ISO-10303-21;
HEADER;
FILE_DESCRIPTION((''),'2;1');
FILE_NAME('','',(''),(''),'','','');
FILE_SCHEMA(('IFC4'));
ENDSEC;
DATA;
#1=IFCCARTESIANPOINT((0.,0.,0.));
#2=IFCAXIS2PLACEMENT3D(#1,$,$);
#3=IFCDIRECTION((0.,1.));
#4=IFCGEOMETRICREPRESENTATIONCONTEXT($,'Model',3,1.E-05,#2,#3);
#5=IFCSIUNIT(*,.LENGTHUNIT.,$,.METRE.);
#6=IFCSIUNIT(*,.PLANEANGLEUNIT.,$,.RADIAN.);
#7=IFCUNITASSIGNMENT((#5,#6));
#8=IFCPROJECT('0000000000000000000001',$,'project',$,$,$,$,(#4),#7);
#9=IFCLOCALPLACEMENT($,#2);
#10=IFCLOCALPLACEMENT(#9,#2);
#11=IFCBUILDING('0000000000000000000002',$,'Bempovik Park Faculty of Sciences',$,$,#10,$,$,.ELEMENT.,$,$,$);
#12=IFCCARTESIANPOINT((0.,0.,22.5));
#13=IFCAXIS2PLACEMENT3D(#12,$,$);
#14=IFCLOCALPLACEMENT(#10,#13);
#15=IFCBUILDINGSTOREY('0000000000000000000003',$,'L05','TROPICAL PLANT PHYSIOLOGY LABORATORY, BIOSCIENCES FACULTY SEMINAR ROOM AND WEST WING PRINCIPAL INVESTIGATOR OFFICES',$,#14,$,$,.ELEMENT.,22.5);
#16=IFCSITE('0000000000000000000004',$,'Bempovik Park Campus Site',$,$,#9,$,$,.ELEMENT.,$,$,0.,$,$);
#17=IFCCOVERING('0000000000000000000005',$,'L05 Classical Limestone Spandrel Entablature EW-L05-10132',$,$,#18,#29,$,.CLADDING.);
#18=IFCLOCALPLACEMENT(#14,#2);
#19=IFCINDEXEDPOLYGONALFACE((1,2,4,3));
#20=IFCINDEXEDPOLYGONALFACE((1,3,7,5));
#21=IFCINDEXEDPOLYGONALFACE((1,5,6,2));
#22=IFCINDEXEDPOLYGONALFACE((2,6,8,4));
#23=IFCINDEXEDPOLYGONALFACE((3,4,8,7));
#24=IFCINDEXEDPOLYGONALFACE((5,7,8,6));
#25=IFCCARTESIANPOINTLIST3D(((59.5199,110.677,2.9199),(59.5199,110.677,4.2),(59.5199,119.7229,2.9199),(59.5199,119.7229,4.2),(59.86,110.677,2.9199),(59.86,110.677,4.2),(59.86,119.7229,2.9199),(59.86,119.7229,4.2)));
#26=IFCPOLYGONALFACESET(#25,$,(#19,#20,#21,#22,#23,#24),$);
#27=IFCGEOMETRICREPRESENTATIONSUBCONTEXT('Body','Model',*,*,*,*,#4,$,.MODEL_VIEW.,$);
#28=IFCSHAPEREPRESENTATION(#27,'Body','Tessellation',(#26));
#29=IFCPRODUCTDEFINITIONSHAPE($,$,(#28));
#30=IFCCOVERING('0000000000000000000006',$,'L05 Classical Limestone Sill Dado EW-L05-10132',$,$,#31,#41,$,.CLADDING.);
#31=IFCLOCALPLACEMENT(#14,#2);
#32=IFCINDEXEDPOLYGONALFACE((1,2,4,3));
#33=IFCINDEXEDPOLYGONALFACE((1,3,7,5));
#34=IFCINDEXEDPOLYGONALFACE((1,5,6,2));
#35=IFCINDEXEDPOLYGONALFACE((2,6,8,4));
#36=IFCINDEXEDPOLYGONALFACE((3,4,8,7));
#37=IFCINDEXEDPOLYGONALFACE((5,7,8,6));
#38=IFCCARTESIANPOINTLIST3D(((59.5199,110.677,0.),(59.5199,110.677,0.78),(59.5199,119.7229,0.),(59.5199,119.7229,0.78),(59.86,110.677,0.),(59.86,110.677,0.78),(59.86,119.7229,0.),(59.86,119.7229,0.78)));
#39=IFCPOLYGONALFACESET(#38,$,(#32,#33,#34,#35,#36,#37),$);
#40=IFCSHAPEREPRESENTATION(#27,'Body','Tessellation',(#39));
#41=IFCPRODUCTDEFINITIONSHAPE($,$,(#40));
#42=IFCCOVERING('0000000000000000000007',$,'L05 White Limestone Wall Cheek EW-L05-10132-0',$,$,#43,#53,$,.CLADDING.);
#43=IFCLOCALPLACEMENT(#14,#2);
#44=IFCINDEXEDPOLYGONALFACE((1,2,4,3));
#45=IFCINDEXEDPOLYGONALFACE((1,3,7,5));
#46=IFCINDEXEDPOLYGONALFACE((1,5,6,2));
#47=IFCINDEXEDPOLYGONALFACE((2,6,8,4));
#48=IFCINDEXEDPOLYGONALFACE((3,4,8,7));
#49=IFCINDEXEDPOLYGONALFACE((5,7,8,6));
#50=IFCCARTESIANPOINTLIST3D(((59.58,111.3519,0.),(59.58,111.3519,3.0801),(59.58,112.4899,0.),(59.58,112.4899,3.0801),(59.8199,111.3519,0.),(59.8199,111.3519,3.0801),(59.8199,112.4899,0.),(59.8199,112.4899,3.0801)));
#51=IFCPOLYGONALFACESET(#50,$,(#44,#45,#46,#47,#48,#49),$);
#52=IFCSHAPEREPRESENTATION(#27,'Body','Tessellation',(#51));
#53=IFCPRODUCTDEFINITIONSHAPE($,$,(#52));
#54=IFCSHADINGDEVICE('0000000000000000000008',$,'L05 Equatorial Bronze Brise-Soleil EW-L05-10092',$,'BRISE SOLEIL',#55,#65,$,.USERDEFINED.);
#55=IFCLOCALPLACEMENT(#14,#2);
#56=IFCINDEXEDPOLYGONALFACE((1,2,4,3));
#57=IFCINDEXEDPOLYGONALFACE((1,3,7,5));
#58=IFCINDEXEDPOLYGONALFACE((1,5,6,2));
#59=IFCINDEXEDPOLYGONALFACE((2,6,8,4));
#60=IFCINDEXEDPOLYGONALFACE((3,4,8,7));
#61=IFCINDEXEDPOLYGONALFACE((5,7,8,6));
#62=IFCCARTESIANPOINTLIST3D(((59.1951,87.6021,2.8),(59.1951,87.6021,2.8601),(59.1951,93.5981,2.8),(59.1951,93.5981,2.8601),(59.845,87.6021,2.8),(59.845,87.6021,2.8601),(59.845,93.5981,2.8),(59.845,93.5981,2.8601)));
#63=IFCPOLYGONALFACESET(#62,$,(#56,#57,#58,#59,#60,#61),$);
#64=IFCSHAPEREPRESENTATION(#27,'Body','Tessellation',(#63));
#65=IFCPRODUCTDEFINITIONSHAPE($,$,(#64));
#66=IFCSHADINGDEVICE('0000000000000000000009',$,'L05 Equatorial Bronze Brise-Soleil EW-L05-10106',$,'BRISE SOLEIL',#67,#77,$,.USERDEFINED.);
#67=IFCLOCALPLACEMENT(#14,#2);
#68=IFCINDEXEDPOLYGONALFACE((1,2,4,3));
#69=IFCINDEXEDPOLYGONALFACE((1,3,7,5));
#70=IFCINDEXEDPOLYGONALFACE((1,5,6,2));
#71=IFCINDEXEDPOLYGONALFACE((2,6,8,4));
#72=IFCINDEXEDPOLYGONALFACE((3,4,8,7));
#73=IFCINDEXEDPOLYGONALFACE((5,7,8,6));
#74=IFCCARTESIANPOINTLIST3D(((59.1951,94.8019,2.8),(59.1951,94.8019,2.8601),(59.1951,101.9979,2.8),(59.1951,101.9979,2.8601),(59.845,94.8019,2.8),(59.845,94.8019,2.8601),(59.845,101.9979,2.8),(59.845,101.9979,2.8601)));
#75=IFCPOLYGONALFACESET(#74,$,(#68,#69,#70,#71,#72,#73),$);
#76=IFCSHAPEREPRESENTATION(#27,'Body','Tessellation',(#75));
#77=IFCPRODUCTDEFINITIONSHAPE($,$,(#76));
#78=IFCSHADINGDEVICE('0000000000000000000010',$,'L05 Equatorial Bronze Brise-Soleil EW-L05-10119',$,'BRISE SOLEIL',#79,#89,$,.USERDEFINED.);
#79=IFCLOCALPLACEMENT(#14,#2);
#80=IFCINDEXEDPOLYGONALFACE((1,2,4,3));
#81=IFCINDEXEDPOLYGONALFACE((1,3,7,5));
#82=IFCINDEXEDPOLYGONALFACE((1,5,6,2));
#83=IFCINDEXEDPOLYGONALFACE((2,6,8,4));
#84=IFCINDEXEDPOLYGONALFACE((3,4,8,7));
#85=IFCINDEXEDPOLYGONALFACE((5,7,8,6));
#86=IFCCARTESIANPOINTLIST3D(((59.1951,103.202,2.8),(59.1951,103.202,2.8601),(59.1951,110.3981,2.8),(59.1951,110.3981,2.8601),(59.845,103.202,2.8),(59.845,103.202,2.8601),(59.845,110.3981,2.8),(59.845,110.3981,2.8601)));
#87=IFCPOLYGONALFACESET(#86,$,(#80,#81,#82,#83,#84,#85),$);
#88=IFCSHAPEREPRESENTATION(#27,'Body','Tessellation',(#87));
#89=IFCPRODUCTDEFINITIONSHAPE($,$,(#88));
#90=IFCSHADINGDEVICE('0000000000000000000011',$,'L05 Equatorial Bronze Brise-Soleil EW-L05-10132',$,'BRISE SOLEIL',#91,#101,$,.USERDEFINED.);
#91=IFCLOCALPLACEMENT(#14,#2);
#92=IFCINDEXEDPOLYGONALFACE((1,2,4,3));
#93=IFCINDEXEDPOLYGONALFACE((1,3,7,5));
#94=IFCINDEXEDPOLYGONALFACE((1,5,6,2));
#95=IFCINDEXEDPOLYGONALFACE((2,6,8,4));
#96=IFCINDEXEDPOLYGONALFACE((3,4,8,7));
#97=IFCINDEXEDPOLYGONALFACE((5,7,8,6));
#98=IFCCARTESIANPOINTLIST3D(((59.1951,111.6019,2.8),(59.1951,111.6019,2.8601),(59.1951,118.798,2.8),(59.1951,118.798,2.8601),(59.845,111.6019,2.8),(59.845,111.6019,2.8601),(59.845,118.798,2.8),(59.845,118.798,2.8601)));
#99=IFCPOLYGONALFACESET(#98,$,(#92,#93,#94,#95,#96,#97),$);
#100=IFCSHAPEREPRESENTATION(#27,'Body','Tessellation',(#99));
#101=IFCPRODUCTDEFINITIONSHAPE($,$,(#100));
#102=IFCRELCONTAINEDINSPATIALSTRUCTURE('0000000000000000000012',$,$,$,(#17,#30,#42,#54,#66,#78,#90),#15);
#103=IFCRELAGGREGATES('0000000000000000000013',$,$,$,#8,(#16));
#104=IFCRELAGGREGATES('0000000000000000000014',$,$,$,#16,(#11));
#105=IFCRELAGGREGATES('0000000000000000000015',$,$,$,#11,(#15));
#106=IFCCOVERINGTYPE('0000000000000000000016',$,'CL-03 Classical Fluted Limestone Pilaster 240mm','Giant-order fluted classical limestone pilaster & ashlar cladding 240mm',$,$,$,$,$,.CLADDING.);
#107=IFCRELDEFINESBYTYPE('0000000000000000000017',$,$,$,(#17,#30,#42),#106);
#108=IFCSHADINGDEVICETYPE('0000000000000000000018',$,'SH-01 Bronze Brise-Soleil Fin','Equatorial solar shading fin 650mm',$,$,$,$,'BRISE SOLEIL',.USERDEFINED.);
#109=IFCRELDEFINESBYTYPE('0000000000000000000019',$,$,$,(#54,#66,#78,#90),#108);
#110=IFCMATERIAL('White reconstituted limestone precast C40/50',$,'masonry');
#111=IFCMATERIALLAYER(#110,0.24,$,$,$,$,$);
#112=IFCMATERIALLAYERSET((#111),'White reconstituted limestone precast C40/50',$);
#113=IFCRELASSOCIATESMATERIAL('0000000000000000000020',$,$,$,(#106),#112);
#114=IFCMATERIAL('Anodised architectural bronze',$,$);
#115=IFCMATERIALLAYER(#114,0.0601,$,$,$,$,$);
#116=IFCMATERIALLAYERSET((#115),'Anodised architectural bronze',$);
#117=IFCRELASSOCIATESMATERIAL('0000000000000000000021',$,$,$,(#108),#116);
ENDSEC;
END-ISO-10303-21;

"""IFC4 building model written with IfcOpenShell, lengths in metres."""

from ifc_helpers import new_model, si_unit, direction, frame, origin, origin_2d, place, context, subcontext, project, spatial, rectangle, extrude, material, layer, layer_set, type_object, element, save


model = new_model("IFC4")

# Units and contexts
model_context = context("Model", 3, precision=1e-05, world=origin(), true_north=direction((0.0, 1.0)))
body_context = subcontext(model_context, "Body", "Model", "MODEL_VIEW")
ifc_project = project(units=[si_unit("LENGTHUNIT", "METRE"), si_unit("PLANEANGLEUNIT", "RADIAN")], contexts=[model_context])

# Site, building, storey
site_placement = place(None, origin())
site = spatial("IfcSite", under=ifc_project, at=site_placement, Name="Bempovik Park Campus Site", CompositionType="ELEMENT", RefElevation=0.0)
building_placement = place(site_placement, origin())
building = spatial("IfcBuilding", under=site, at=building_placement, Name="Bempovik Park Faculty of Sciences", CompositionType="ELEMENT")
storey_placement = place(building_placement, frame((0.0, 0.0, 22.5)))
storey = spatial("IfcBuildingStorey", under=building, at=storey_placement, Name="L05", Description="TROPICAL PLANT PHYSIOLOGY LABORATORY, BIOSCIENCES FACULTY SEMINAR ROOM AND WEST WING PRINCIPAL INVESTIGATOR OFFICES", CompositionType="ELEMENT", Elevation=22.5)

# Coverings
ifc_material_1 = material(Name="White reconstituted limestone precast C40/50", Category="masonry")
ifc_layer_1 = layer(ifc_material_1, 0.24)
ifc_layer_set_1 = layer_set([ifc_layer_1], Name="White reconstituted limestone precast C40/50")
covering_type = type_object("IfcCoveringType", Name="CL-03 Classical Fluted Limestone Pilaster 240mm", Description="Giant-order fluted classical limestone pilaster & ashlar cladding 240mm", PredefinedType="CLADDING", material=ifc_layer_set_1)
covering_1_placement = place(storey_placement, frame((59.6899, 115.2, 2.9199), z_axis=(0.0, 0.0, 1.0), x_axis=(1.0, 0.0, 0.0)))
element("IfcCovering", 1, at=covering_1_placement, inside=storey, type_object=covering_type, Name="L05 Classical Limestone Spandrel Entablature EW-L05-10132", PredefinedType="CLADDING", context=body_context, shape_type="SweptSolid", body=[
    extrude(rectangle(XDim=0.3401, YDim=9.0459, at=origin_2d()), origin(), (0.0, 0.0, 1.0), 1.28),
])
covering_2_placement = place(storey_placement, frame((59.6899, 115.2, 0.0), z_axis=(0.0, 0.0, 1.0), x_axis=(1.0, 0.0, 0.0)))
element("IfcCovering", 2, at=covering_2_placement, inside=storey, type_object=covering_type, Name="L05 Classical Limestone Sill Dado EW-L05-10132", PredefinedType="CLADDING", context=body_context, shape_type="SweptSolid", body=[
    extrude(rectangle(XDim=0.3401, YDim=9.0459, at=origin_2d()), origin(), (0.0, 0.0, 1.0), 0.78),
])
covering_3_placement = place(storey_placement, frame((59.7, 111.9209, 0.0), z_axis=(0.0, 0.0, 1.0), x_axis=(1.0, 0.0, 0.0)))
element("IfcCovering", 3, at=covering_3_placement, inside=storey, type_object=covering_type, Name="L05 White Limestone Wall Cheek EW-L05-10132-0", PredefinedType="CLADDING", context=body_context, shape_type="SweptSolid", body=[
    extrude(rectangle(XDim=0.24, YDim=1.1379, at=origin_2d()), origin(), (0.0, 0.0, 1.0), 3.0801),
])

# Shading devices
ifc_material_2 = material(Name="Anodised architectural bronze")
ifc_layer_2 = layer(ifc_material_2, 0.0601)
ifc_layer_set_2 = layer_set([ifc_layer_2], Name="Anodised architectural bronze")
shading_device_type = type_object("IfcShadingDeviceType", Name="SH-01 Bronze Brise-Soleil Fin", Description="Equatorial solar shading fin 650mm", ElementType="BRISE SOLEIL", PredefinedType="USERDEFINED", material=ifc_layer_set_2)
shading_device_placement = place(storey_placement, frame((59.52, 90.6001, 2.8), z_axis=(0.0, 0.0, 1.0), x_axis=(1.0, 0.0, 0.0)))
element("IfcShadingDevice", 4, at=shading_device_placement, inside=storey, type_object=shading_device_type, Name="L05 Equatorial Bronze Brise-Soleil EW-L05-10092", ObjectType="BRISE SOLEIL", PredefinedType="USERDEFINED", context=body_context, shape_type="SweptSolid", body=[
    extrude(rectangle(XDim=0.6499, YDim=5.9961, at=origin_2d()), origin(), (0.0, 0.0, 1.0), 0.0601),
])
for number, where, z_axis, x_axis, name in (
    (5, (59.52, 98.3999, 2.8), (0.0, 0.0, 1.0), (1.0, 0.0, 0.0), "L05 Equatorial Bronze Brise-Soleil EW-L05-10106"),
    (6, (59.52, 106.8, 2.8), (0.0, 0.0, 1.0), (1.0, 0.0, 0.0), "L05 Equatorial Bronze Brise-Soleil EW-L05-10119"),
    (7, (59.52, 115.2, 2.8), (0.0, 0.0, 1.0), (1.0, 0.0, 0.0), "L05 Equatorial Bronze Brise-Soleil EW-L05-10132"),
):
    element("IfcShadingDevice", number, at=place(storey_placement, frame(where, z_axis=z_axis, x_axis=x_axis)), inside=storey, type_object=shading_device_type, Name=name, ObjectType="BRISE SOLEIL", PredefinedType="USERDEFINED", context=body_context, shape_type="SweptSolid", body=[
        extrude(rectangle(XDim=0.6499, YDim=7.196, at=origin_2d()), origin(), (0.0, 0.0, 1.0), 0.0601),
    ])

save(model, "model.ifc")
